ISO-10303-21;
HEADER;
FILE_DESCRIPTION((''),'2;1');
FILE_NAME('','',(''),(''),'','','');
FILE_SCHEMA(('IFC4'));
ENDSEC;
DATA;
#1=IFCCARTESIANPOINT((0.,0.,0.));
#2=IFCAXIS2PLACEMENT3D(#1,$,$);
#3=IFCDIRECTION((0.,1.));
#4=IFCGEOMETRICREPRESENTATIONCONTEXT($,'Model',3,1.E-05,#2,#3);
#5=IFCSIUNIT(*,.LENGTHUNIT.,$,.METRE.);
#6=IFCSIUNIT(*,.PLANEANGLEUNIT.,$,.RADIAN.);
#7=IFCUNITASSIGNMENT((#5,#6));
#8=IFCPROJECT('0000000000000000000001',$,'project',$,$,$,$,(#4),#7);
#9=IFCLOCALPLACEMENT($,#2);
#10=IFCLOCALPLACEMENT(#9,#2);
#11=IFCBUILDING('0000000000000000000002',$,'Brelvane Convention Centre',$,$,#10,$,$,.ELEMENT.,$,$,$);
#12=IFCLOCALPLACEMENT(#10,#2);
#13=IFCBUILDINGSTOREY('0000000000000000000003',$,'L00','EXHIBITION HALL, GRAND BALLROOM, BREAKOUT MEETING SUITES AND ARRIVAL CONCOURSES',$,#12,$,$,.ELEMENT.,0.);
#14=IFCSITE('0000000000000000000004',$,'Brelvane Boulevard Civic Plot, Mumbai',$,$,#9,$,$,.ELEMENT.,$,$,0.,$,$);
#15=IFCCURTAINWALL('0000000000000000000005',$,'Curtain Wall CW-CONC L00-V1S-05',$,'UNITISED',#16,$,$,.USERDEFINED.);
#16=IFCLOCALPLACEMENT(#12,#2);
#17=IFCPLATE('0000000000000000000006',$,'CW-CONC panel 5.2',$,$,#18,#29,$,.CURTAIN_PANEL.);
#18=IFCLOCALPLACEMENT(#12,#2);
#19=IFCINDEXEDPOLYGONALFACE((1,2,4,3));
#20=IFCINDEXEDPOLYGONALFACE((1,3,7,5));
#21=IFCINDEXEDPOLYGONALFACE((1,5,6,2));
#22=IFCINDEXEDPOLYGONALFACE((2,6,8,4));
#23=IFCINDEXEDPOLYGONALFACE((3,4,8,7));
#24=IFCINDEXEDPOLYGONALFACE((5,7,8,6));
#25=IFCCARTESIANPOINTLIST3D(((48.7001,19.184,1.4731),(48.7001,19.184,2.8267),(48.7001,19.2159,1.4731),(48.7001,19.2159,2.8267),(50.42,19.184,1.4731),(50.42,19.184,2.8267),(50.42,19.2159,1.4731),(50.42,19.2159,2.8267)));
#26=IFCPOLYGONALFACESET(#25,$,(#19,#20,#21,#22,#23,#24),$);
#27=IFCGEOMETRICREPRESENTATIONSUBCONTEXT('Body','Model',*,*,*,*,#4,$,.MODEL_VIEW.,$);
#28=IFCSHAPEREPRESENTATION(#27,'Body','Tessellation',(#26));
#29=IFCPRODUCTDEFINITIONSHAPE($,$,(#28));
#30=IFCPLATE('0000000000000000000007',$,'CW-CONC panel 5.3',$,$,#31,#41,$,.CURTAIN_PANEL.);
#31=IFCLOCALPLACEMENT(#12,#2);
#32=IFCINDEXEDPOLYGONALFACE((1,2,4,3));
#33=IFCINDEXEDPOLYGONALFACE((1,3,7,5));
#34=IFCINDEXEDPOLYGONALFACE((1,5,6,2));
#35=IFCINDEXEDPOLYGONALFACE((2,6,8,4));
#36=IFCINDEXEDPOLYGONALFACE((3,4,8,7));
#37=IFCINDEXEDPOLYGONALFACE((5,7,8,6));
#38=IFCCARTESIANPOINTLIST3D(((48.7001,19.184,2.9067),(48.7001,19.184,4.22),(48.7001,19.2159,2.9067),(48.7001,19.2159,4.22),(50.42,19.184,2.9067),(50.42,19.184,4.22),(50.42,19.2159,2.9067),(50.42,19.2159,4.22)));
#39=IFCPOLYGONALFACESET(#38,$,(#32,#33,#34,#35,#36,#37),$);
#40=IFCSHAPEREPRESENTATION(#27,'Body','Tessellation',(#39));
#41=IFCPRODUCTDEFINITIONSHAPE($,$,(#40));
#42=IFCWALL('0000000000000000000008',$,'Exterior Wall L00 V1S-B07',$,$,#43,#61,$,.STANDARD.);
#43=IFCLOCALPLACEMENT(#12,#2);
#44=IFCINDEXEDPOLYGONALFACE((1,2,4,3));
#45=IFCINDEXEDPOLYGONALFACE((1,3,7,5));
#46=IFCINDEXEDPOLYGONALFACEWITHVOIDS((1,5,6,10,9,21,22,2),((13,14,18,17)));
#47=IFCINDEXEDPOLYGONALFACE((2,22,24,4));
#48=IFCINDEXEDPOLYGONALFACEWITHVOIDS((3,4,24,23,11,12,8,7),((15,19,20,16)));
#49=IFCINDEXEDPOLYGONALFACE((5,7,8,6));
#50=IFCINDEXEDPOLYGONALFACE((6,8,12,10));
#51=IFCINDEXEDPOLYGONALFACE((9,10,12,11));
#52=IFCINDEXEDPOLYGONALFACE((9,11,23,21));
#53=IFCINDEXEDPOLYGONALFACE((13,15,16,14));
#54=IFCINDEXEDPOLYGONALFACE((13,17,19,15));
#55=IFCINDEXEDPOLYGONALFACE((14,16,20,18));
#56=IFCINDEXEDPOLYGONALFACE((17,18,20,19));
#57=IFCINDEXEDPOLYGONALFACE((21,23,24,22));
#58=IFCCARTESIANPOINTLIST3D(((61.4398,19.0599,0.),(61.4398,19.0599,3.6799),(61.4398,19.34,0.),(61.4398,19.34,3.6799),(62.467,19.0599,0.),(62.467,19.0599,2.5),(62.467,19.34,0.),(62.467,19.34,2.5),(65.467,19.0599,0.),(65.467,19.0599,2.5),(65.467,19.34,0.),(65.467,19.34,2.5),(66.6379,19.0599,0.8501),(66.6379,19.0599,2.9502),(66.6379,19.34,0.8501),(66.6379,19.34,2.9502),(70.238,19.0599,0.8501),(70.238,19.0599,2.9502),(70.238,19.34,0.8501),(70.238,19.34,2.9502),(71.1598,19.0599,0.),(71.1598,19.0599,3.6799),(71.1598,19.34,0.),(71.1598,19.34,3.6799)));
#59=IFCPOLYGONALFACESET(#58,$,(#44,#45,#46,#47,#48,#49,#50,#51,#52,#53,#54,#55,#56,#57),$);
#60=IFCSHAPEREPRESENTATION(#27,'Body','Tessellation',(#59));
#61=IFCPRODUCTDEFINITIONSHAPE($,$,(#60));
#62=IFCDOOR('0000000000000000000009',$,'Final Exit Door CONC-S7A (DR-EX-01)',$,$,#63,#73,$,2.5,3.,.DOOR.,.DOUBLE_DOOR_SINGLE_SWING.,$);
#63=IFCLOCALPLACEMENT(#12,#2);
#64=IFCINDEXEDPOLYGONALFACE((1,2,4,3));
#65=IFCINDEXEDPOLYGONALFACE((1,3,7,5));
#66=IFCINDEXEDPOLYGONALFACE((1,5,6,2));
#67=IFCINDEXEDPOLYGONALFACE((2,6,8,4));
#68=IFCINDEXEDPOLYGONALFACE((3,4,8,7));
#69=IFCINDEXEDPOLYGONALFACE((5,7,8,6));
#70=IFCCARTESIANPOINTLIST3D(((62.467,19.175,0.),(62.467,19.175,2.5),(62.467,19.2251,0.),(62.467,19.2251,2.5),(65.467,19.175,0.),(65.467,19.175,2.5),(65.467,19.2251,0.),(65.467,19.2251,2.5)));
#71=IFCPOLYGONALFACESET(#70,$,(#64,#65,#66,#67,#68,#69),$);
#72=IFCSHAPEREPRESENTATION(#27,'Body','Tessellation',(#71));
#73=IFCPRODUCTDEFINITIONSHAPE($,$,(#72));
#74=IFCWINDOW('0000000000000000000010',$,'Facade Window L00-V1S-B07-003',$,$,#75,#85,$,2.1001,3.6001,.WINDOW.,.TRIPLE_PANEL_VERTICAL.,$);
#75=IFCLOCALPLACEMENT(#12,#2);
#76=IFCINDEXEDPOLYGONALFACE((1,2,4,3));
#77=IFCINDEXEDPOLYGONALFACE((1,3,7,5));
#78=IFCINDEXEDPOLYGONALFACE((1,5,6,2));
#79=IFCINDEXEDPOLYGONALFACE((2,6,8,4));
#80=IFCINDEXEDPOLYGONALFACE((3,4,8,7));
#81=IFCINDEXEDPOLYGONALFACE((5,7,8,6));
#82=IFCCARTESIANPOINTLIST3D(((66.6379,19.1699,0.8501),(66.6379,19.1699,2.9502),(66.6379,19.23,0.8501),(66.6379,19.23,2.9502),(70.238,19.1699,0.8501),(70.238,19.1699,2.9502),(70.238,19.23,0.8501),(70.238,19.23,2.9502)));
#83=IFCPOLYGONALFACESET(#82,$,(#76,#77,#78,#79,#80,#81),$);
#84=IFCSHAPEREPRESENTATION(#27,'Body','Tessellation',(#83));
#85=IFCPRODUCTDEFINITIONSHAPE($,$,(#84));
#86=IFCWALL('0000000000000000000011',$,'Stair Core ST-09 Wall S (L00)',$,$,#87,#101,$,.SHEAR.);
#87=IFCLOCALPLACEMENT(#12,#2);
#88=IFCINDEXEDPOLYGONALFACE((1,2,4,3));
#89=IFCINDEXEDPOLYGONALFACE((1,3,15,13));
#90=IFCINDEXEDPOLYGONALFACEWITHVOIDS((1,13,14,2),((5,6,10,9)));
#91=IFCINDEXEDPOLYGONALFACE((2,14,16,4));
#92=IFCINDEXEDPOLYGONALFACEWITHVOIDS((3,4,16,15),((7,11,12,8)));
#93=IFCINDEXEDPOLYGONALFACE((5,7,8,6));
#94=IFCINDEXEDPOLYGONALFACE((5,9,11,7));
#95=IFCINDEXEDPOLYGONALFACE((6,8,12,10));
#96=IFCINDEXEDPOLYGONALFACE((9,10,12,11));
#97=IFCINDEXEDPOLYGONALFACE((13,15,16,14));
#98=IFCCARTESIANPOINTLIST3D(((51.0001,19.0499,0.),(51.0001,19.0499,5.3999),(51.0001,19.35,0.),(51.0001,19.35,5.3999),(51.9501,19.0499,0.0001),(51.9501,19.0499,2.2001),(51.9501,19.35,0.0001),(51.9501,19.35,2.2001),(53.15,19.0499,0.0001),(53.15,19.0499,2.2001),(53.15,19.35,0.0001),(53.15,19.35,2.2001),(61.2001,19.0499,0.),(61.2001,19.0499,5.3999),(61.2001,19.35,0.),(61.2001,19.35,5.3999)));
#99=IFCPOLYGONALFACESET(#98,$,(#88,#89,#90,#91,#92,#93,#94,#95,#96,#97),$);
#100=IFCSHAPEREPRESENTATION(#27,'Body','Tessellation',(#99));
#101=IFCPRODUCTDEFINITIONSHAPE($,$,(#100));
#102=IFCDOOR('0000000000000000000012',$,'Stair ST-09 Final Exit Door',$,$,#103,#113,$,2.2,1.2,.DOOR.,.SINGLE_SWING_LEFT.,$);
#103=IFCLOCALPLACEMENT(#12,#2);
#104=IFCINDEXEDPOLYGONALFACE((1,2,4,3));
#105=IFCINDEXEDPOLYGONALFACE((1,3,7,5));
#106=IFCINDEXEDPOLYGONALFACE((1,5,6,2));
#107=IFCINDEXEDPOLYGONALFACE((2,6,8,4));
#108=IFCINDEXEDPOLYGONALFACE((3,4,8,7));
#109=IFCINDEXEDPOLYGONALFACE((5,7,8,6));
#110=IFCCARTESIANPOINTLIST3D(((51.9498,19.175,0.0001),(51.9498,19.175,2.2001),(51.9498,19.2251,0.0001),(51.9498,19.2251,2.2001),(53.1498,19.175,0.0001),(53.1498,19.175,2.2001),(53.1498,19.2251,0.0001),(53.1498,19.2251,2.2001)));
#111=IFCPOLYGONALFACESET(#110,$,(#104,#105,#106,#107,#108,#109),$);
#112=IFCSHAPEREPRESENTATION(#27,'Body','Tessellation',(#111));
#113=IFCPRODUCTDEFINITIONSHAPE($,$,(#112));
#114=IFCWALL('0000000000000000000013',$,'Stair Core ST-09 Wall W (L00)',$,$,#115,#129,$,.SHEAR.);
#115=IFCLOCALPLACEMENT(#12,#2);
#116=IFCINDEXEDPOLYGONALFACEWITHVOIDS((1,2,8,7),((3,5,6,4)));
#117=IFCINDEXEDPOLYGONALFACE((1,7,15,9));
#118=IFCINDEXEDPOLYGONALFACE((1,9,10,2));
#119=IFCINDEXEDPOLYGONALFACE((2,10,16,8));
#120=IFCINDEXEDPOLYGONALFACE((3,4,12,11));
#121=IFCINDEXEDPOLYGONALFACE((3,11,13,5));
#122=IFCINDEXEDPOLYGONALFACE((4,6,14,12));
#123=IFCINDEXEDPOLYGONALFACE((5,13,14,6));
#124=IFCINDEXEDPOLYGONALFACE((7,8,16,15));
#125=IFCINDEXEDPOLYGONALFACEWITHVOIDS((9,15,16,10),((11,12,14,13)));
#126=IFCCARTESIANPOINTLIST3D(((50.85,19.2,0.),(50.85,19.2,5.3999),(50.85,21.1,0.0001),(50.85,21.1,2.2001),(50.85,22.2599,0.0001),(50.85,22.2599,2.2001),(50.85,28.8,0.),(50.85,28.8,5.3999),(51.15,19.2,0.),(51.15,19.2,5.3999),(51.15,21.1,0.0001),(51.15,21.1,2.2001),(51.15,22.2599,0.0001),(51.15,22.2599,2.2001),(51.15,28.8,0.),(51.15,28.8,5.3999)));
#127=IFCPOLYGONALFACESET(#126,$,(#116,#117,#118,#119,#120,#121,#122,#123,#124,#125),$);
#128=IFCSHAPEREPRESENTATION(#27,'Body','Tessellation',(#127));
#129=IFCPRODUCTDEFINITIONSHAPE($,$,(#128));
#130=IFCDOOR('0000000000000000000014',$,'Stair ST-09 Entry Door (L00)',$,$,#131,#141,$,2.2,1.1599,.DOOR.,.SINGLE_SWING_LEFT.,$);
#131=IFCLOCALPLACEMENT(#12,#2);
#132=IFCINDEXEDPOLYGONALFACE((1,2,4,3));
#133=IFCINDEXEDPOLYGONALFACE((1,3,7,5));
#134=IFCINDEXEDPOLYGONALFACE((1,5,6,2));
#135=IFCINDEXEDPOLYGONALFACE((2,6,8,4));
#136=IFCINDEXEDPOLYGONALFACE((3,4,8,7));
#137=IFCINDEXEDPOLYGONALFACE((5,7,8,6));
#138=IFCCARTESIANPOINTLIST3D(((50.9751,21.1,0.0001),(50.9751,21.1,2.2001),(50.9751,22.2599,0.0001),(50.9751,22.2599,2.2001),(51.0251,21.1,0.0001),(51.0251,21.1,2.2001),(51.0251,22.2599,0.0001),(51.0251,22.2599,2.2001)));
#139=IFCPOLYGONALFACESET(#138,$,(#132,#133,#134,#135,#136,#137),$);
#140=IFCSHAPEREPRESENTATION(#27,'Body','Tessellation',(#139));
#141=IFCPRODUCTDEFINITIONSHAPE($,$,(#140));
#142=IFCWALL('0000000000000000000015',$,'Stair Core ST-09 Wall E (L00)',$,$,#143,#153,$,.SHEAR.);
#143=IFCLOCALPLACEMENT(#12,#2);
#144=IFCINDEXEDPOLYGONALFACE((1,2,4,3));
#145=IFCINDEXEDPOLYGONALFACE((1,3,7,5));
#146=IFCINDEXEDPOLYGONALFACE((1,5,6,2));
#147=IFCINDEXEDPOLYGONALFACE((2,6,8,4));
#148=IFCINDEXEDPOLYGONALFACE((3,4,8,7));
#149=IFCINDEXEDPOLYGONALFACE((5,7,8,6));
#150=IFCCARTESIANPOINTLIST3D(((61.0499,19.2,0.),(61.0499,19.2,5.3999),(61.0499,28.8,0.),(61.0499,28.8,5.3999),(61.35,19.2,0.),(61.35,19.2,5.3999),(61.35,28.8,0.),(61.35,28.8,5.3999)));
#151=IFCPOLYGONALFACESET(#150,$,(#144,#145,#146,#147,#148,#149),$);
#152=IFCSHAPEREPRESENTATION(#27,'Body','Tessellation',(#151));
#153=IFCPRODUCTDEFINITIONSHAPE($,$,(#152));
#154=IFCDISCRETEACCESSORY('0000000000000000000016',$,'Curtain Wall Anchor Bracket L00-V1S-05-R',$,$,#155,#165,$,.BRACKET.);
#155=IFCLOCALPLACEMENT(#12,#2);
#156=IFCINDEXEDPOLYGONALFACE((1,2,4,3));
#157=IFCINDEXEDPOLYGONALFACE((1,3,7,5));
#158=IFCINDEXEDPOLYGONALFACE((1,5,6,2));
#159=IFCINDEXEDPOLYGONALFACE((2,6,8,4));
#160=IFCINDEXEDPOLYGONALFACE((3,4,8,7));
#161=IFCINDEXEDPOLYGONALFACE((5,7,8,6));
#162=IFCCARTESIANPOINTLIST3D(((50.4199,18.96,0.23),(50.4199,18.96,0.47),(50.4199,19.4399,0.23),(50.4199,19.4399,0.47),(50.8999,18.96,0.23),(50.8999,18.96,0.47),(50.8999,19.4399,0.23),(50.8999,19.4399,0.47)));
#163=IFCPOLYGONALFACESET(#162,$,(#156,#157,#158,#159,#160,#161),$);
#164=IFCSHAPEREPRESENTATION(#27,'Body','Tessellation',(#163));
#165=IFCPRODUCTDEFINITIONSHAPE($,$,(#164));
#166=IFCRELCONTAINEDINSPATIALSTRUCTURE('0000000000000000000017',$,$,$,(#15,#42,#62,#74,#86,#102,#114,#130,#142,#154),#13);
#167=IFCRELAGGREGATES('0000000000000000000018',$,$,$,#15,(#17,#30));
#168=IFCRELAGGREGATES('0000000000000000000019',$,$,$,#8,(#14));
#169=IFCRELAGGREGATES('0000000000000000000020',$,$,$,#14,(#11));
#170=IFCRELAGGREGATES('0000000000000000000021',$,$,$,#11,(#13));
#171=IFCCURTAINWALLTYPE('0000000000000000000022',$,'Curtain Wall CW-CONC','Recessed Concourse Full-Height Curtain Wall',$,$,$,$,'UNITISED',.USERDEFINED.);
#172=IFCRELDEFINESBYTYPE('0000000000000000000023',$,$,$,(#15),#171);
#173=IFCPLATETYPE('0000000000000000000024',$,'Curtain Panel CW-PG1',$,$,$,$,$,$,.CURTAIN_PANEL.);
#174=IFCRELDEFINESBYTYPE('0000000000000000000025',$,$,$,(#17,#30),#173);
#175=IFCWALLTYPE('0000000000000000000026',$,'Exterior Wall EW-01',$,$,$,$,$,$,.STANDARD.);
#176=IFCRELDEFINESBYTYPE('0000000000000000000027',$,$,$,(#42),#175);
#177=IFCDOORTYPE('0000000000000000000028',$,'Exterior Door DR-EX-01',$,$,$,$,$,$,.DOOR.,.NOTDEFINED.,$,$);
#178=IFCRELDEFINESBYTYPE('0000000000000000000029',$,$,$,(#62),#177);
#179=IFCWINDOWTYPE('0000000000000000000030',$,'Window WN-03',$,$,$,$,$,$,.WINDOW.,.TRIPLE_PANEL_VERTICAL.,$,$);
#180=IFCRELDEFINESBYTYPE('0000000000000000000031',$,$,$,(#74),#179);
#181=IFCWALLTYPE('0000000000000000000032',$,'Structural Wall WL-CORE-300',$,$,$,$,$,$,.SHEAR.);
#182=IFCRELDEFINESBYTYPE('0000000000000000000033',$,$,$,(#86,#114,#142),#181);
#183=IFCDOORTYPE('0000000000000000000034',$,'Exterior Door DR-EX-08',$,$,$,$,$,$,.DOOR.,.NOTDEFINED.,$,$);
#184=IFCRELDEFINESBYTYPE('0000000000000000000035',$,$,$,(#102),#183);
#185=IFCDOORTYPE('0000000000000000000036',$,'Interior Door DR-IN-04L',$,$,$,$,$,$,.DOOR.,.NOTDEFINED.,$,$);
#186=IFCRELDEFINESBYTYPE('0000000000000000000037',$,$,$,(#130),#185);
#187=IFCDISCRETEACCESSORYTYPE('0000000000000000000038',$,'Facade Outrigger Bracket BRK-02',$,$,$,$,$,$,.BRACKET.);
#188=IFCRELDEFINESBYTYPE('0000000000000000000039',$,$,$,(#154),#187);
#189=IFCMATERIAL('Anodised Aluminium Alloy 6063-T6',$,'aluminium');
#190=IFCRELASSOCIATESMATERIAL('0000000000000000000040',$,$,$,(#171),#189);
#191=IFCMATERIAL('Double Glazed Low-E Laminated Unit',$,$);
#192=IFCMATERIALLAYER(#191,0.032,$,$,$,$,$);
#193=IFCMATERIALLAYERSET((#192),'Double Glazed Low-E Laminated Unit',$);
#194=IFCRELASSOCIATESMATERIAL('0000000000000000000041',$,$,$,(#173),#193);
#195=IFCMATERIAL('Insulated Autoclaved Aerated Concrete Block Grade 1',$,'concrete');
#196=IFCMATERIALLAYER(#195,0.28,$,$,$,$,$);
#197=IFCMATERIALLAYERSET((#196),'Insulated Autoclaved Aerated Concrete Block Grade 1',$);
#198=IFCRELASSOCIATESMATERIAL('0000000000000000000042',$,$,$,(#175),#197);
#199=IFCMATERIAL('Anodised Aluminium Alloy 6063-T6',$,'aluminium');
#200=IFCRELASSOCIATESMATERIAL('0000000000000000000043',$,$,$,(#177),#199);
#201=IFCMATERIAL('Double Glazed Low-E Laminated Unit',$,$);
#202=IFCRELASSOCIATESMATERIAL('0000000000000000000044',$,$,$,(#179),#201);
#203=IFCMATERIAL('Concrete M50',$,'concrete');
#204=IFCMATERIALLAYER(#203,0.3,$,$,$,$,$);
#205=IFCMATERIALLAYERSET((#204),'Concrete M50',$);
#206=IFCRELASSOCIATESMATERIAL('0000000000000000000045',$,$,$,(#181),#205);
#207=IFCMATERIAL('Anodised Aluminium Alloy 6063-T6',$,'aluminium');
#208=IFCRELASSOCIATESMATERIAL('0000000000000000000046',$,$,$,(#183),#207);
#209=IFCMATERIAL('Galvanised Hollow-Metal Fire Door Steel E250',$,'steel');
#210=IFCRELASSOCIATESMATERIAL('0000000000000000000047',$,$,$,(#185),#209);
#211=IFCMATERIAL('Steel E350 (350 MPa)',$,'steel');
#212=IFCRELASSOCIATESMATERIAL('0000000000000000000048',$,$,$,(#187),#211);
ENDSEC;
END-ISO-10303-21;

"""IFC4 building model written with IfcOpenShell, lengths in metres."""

from ifc_helpers import new_model, si_unit, direction, frame, frame_2d, origin, origin_2d, place, context, subcontext, project, spatial, rectangle, extrude, material, layer, layer_set, type_object, element, fill, aggregate, save


model = new_model("IFC4")

# Units and contexts
model_context = context("Model", 3, precision=1e-05, world=origin(), true_north=direction((0.0, 1.0)))
body_context = subcontext(model_context, "Body", "Model", "MODEL_VIEW")
ifc_project = project(units=[si_unit("LENGTHUNIT", "METRE"), si_unit("PLANEANGLEUNIT", "RADIAN")], contexts=[model_context])

# Site, building, storey
site_placement = place(None, origin())
site = spatial("IfcSite", under=ifc_project, at=site_placement, Name="Brelvane Boulevard Civic Plot, Mumbai", CompositionType="ELEMENT", RefElevation=0.0)
building_placement = place(site_placement, origin())
building = spatial("IfcBuilding", under=site, at=building_placement, Name="Brelvane Convention Centre", CompositionType="ELEMENT")
storey_placement = place(building_placement, origin())
storey = spatial("IfcBuildingStorey", under=building, at=storey_placement, Name="L00", Description="EXHIBITION HALL, GRAND BALLROOM, BREAKOUT MEETING SUITES AND ARRIVAL CONCOURSES", CompositionType="ELEMENT", Elevation=0.0)

# Curtain wall
ifc_material_1 = material(Name="Anodised Aluminium Alloy 6063-T6", Category="aluminium")
curtain_wall_type = type_object("IfcCurtainWallType", Name="Curtain Wall CW-CONC", Description="Recessed Concourse Full-Height Curtain Wall", ElementType="UNITISED", PredefinedType="USERDEFINED", material=ifc_material_1)
curtain_wall_placement = place(storey_placement, origin())
curtain_wall = element("IfcCurtainWall", 1, at=curtain_wall_placement, inside=storey, type_object=curtain_wall_type, Name="Curtain Wall CW-CONC L00-V1S-05", ObjectType="UNITISED", PredefinedType="USERDEFINED")

# Plates
ifc_material_2 = material(Name="Double Glazed Low-E Laminated Unit")
ifc_layer_1 = layer(ifc_material_2, 0.032)
ifc_layer_set_1 = layer_set([ifc_layer_1], Name="Double Glazed Low-E Laminated Unit")
plate_type = type_object("IfcPlateType", Name="Curtain Panel CW-PG1", PredefinedType="CURTAIN_PANEL", material=ifc_layer_set_1)
plate_1_placement = place(storey_placement, frame((49.5601, 19.2, 1.4731), z_axis=(0.0, 0.0, 1.0), x_axis=(1.0, 0.0, 0.0)))
plate_1 = element("IfcPlate", 2, at=plate_1_placement, type_object=plate_type, Name="CW-CONC panel 5.2", PredefinedType="CURTAIN_PANEL", context=body_context, shape_type="SweptSolid", body=[
    extrude(rectangle(XDim=1.72, YDim=0.032, at=origin_2d()), origin(), (0.0, 0.0, 1.0), 1.3535),
])
plate_2_placement = place(storey_placement, frame((49.5601, 19.2, 2.9067), z_axis=(0.0, 0.0, 1.0), x_axis=(1.0, 0.0, 0.0)))
plate_2 = element("IfcPlate", 3, at=plate_2_placement, type_object=plate_type, Name="CW-CONC panel 5.3", PredefinedType="CURTAIN_PANEL", context=body_context, shape_type="SweptSolid", body=[
    extrude(rectangle(XDim=1.72, YDim=0.032, at=origin_2d()), origin(), (0.0, 0.0, 1.0), 1.3132),
])
aggregate(curtain_wall, [plate_1, plate_2])

# Wall, openings, door, window
ifc_material_3 = material(Name="Insulated Autoclaved Aerated Concrete Block Grade 1", Category="concrete")
ifc_layer_2 = layer(ifc_material_3, 0.28)
ifc_layer_set_2 = layer_set([ifc_layer_2], Name="Insulated Autoclaved Aerated Concrete Block Grade 1")
wall_type_1 = type_object("IfcWallType", Name="Exterior Wall EW-01", PredefinedType="STANDARD", material=ifc_layer_set_2)
wall_1_placement = place(storey_placement, frame((61.4399, 19.2, 0.0), z_axis=(0.0, 0.0, 1.0), x_axis=(1.0, 0.0, 0.0)))
wall_1 = element("IfcWall", 4, at=wall_1_placement, inside=storey, type_object=wall_type_1, Name="Exterior Wall L00 V1S-B07", PredefinedType="STANDARD", context=body_context, shape_type="SweptSolid", body=[
    extrude(rectangle(XDim=9.72, YDim=0.28, at=frame_2d((4.8599, 0.0))), origin(), (0.0, 0.0, 1.0), 3.6799),
])
opening_1_placement = place(wall_1_placement, frame((1.0271, 0.0, 0.0)))
opening_1 = element("IfcOpeningElement", 5, at=opening_1_placement, cuts=wall_1, PredefinedType="OPENING", context=body_context, shape_type="SweptSolid", body=[
    extrude(rectangle(XDim=3.0, YDim=2.5, at=frame_2d((1.5, 1.25))), frame((0.0, 0.1499, 0.0), z_axis=(0.0, -1.0, 0.0), x_axis=(1.0, 0.0, 0.0)), (0.0, 0.0, 1.0), 0.3),
])
opening_2_placement = place(wall_1_placement, frame((5.198, 0.0, 0.8501)))
opening_2 = element("IfcOpeningElement", 6, at=opening_2_placement, cuts=wall_1, PredefinedType="OPENING", context=body_context, shape_type="SweptSolid", body=[
    extrude(rectangle(XDim=3.6001, YDim=2.1001, at=frame_2d((1.8, 1.05))), frame((0.0, 0.1499, 0.0), z_axis=(0.0, -1.0, 0.0), x_axis=(1.0, 0.0, 0.0)), (0.0, 0.0, 1.0), 0.3),
])
ifc_material_4 = material(Name="Anodised Aluminium Alloy 6063-T6", Category="aluminium")
door_type_1 = type_object("IfcDoorType", Name="Exterior Door DR-EX-01", OperationType="NOTDEFINED", PredefinedType="DOOR", material=ifc_material_4)
door_1_placement = place(opening_1_placement, frame((3.0, 0.0, 0.0), z_axis=(0.0, 0.0, 1.0), x_axis=(-1.0, 0.0, 0.0)))
door_1 = element("IfcDoor", 7, at=door_1_placement, inside=storey, type_object=door_type_1, Name="Final Exit Door CONC-S7A (DR-EX-01)", OperationType="DOUBLE_DOOR_SINGLE_SWING", OverallHeight=2.5, OverallWidth=3.0, PredefinedType="DOOR", context=body_context, shape_type="SweptSolid", body=[
    extrude(rectangle(XDim=3.0, YDim=2.5, at=frame_2d((1.5, 1.25))), frame((0.0, 0.0249, 0.0), z_axis=(0.0, -1.0, 0.0), x_axis=(1.0, 0.0, 0.0)), (0.0, 0.0, 1.0), 0.05),
])
fill(opening_1, door_1)
ifc_material_5 = material(Name="Double Glazed Low-E Laminated Unit")
window_type = type_object("IfcWindowType", Name="Window WN-03", PartitioningType="TRIPLE_PANEL_VERTICAL", PredefinedType="WINDOW", material=ifc_material_5)
window_placement = place(opening_2_placement, origin())
window = element("IfcWindow", 8, at=window_placement, inside=storey, type_object=window_type, Name="Facade Window L00-V1S-B07-003", OverallHeight=2.1001, OverallWidth=3.6001, PartitioningType="TRIPLE_PANEL_VERTICAL", PredefinedType="WINDOW", context=body_context, shape_type="SweptSolid", body=[
    extrude(rectangle(XDim=3.6001, YDim=2.1001, at=frame_2d((1.8, 1.05))), frame((0.0, 0.03, 0.0), z_axis=(0.0, -1.0, 0.0), x_axis=(1.0, 0.0, 0.0)), (0.0, 0.0, 1.0), 0.0601),
])
fill(opening_2, window)

# Walls, openings, doors
ifc_material_6 = material(Name="Concrete M50", Category="concrete")
ifc_layer_3 = layer(ifc_material_6, 0.3)
ifc_layer_set_3 = layer_set([ifc_layer_3], Name="Concrete M50")
wall_type_2 = type_object("IfcWallType", Name="Structural Wall WL-CORE-300", PredefinedType="SHEAR", material=ifc_layer_set_3)
wall_2_placement = place(storey_placement, frame((51.0, 19.2, 0.0), z_axis=(0.0, 0.0, 1.0), x_axis=(1.0, 0.0, 0.0)))
wall_2 = element("IfcWall", 9, at=wall_2_placement, inside=storey, type_object=wall_type_2, Name="Stair Core ST-09 Wall S (L00)", PredefinedType="SHEAR", context=body_context, shape_type="SweptSolid", body=[
    extrude(rectangle(XDim=10.2, YDim=0.3, at=frame_2d((5.1001, 0.0))), origin(), (0.0, 0.0, 1.0), 5.3999),
])
opening_3_placement = place(wall_2_placement, frame((0.95, 0.0, 0.0)))
opening_3 = element("IfcOpeningElement", 10, at=opening_3_placement, cuts=wall_2, PredefinedType="OPENING", context=body_context, shape_type="SweptSolid", body=[
    extrude(rectangle(XDim=1.2, YDim=2.2, at=frame_2d((0.6001, 1.1001))), frame((0.0, 0.1599, 0.0), z_axis=(0.0, -1.0, 0.0), x_axis=(1.0, 0.0, 0.0)), (0.0, 0.0, 1.0), 0.3201),
])
ifc_material_7 = material(Name="Anodised Aluminium Alloy 6063-T6", Category="aluminium")
door_type_2 = type_object("IfcDoorType", Name="Exterior Door DR-EX-08", OperationType="NOTDEFINED", PredefinedType="DOOR", material=ifc_material_7)
door_2_placement = place(opening_3_placement, frame((1.2, 0.0, 0.0), z_axis=(0.0, 0.0, 1.0), x_axis=(-1.0, 0.0, 0.0)))
door_2 = element("IfcDoor", 11, at=door_2_placement, inside=storey, type_object=door_type_2, Name="Stair ST-09 Final Exit Door", OperationType="SINGLE_SWING_LEFT", OverallHeight=2.2, OverallWidth=1.2, PredefinedType="DOOR", context=body_context, shape_type="SweptSolid", body=[
    extrude(rectangle(XDim=1.2, YDim=2.2, at=frame_2d((0.6001, 1.1001))), frame((0.0, 0.0249, 0.0), z_axis=(0.0, -1.0, 0.0), x_axis=(1.0, 0.0, 0.0)), (0.0, 0.0, 1.0), 0.05),
])
fill(opening_3, door_2)
wall_3_placement = place(storey_placement, frame((51.0, 19.2, 0.0), z_axis=(0.0, 0.0, 1.0), x_axis=(0.0, 1.0, 0.0)))
wall_3 = element("IfcWall", 12, at=wall_3_placement, inside=storey, type_object=wall_type_2, Name="Stair Core ST-09 Wall W (L00)", PredefinedType="SHEAR", context=body_context, shape_type="SweptSolid", body=[
    extrude(rectangle(XDim=9.6001, YDim=0.3, at=frame_2d((4.8, 0.0))), origin(), (0.0, 0.0, 1.0), 5.3999),
])
opening_4_placement = place(wall_3_placement, frame((1.8999, 0.0, 0.0)))
opening_4 = element("IfcOpeningElement", 13, at=opening_4_placement, cuts=wall_3, PredefinedType="OPENING", context=body_context, shape_type="SweptSolid", body=[
    extrude(rectangle(XDim=1.1599, YDim=2.2, at=frame_2d((0.5801, 1.1001))), frame((0.0, 0.1599, 0.0), z_axis=(0.0, -1.0, 0.0), x_axis=(1.0, 0.0, 0.0)), (0.0, 0.0, 1.0), 0.3201),
])
ifc_material_8 = material(Name="Galvanised Hollow-Metal Fire Door Steel E250", Category="steel")
door_type_3 = type_object("IfcDoorType", Name="Interior Door DR-IN-04L", OperationType="NOTDEFINED", PredefinedType="DOOR", material=ifc_material_8)
door_3_placement = place(opening_4_placement, origin())
door_3 = element("IfcDoor", 14, at=door_3_placement, inside=storey, type_object=door_type_3, Name="Stair ST-09 Entry Door (L00)", OperationType="SINGLE_SWING_LEFT", OverallHeight=2.2, OverallWidth=1.1599, PredefinedType="DOOR", context=body_context, shape_type="SweptSolid", body=[
    extrude(rectangle(XDim=1.1599, YDim=2.2, at=frame_2d((0.5801, 1.1001))), frame((0.0, 0.0249, 0.0), z_axis=(0.0, -1.0, 0.0), x_axis=(1.0, 0.0, 0.0)), (0.0, 0.0, 1.0), 0.05),
])
fill(opening_4, door_3)

# Wall
wall_4_placement = place(storey_placement, frame((61.2, 19.2, 0.0), z_axis=(0.0, 0.0, 1.0), x_axis=(0.0, 1.0, 0.0)))
element("IfcWall", 15, at=wall_4_placement, inside=storey, type_object=wall_type_2, Name="Stair Core ST-09 Wall E (L00)", PredefinedType="SHEAR", context=body_context, shape_type="SweptSolid", body=[
    extrude(rectangle(XDim=9.6001, YDim=0.3, at=frame_2d((4.8, 0.0))), origin(), (0.0, 0.0, 1.0), 5.3999),
])

# Discrete accessory
ifc_material_9 = material(Name="Steel E350 (350 MPa)", Category="steel")
discrete_accessory_type = type_object("IfcDiscreteAccessoryType", Name="Facade Outrigger Bracket BRK-02", PredefinedType="BRACKET", material=ifc_material_9)
for number, where, z_axis, x_axis, name in (
    (16, (50.6599, 19.2, 0.23), (0.0, 0.0, 1.0), (1.0, 0.0, 0.0), "Curtain Wall Anchor Bracket L00-V1S-05-R"),
):
    element("IfcDiscreteAccessory", number, at=place(storey_placement, frame(where, z_axis=z_axis, x_axis=x_axis)), inside=storey, type_object=discrete_accessory_type, Name=name, PredefinedType="BRACKET", context=body_context, shape_type="SweptSolid", body=[
        extrude(rectangle(XDim=0.48, YDim=0.48, at=origin_2d()), origin(), (0.0, 0.0, 1.0), 0.24),
    ])

save(model, "model.ifc")
